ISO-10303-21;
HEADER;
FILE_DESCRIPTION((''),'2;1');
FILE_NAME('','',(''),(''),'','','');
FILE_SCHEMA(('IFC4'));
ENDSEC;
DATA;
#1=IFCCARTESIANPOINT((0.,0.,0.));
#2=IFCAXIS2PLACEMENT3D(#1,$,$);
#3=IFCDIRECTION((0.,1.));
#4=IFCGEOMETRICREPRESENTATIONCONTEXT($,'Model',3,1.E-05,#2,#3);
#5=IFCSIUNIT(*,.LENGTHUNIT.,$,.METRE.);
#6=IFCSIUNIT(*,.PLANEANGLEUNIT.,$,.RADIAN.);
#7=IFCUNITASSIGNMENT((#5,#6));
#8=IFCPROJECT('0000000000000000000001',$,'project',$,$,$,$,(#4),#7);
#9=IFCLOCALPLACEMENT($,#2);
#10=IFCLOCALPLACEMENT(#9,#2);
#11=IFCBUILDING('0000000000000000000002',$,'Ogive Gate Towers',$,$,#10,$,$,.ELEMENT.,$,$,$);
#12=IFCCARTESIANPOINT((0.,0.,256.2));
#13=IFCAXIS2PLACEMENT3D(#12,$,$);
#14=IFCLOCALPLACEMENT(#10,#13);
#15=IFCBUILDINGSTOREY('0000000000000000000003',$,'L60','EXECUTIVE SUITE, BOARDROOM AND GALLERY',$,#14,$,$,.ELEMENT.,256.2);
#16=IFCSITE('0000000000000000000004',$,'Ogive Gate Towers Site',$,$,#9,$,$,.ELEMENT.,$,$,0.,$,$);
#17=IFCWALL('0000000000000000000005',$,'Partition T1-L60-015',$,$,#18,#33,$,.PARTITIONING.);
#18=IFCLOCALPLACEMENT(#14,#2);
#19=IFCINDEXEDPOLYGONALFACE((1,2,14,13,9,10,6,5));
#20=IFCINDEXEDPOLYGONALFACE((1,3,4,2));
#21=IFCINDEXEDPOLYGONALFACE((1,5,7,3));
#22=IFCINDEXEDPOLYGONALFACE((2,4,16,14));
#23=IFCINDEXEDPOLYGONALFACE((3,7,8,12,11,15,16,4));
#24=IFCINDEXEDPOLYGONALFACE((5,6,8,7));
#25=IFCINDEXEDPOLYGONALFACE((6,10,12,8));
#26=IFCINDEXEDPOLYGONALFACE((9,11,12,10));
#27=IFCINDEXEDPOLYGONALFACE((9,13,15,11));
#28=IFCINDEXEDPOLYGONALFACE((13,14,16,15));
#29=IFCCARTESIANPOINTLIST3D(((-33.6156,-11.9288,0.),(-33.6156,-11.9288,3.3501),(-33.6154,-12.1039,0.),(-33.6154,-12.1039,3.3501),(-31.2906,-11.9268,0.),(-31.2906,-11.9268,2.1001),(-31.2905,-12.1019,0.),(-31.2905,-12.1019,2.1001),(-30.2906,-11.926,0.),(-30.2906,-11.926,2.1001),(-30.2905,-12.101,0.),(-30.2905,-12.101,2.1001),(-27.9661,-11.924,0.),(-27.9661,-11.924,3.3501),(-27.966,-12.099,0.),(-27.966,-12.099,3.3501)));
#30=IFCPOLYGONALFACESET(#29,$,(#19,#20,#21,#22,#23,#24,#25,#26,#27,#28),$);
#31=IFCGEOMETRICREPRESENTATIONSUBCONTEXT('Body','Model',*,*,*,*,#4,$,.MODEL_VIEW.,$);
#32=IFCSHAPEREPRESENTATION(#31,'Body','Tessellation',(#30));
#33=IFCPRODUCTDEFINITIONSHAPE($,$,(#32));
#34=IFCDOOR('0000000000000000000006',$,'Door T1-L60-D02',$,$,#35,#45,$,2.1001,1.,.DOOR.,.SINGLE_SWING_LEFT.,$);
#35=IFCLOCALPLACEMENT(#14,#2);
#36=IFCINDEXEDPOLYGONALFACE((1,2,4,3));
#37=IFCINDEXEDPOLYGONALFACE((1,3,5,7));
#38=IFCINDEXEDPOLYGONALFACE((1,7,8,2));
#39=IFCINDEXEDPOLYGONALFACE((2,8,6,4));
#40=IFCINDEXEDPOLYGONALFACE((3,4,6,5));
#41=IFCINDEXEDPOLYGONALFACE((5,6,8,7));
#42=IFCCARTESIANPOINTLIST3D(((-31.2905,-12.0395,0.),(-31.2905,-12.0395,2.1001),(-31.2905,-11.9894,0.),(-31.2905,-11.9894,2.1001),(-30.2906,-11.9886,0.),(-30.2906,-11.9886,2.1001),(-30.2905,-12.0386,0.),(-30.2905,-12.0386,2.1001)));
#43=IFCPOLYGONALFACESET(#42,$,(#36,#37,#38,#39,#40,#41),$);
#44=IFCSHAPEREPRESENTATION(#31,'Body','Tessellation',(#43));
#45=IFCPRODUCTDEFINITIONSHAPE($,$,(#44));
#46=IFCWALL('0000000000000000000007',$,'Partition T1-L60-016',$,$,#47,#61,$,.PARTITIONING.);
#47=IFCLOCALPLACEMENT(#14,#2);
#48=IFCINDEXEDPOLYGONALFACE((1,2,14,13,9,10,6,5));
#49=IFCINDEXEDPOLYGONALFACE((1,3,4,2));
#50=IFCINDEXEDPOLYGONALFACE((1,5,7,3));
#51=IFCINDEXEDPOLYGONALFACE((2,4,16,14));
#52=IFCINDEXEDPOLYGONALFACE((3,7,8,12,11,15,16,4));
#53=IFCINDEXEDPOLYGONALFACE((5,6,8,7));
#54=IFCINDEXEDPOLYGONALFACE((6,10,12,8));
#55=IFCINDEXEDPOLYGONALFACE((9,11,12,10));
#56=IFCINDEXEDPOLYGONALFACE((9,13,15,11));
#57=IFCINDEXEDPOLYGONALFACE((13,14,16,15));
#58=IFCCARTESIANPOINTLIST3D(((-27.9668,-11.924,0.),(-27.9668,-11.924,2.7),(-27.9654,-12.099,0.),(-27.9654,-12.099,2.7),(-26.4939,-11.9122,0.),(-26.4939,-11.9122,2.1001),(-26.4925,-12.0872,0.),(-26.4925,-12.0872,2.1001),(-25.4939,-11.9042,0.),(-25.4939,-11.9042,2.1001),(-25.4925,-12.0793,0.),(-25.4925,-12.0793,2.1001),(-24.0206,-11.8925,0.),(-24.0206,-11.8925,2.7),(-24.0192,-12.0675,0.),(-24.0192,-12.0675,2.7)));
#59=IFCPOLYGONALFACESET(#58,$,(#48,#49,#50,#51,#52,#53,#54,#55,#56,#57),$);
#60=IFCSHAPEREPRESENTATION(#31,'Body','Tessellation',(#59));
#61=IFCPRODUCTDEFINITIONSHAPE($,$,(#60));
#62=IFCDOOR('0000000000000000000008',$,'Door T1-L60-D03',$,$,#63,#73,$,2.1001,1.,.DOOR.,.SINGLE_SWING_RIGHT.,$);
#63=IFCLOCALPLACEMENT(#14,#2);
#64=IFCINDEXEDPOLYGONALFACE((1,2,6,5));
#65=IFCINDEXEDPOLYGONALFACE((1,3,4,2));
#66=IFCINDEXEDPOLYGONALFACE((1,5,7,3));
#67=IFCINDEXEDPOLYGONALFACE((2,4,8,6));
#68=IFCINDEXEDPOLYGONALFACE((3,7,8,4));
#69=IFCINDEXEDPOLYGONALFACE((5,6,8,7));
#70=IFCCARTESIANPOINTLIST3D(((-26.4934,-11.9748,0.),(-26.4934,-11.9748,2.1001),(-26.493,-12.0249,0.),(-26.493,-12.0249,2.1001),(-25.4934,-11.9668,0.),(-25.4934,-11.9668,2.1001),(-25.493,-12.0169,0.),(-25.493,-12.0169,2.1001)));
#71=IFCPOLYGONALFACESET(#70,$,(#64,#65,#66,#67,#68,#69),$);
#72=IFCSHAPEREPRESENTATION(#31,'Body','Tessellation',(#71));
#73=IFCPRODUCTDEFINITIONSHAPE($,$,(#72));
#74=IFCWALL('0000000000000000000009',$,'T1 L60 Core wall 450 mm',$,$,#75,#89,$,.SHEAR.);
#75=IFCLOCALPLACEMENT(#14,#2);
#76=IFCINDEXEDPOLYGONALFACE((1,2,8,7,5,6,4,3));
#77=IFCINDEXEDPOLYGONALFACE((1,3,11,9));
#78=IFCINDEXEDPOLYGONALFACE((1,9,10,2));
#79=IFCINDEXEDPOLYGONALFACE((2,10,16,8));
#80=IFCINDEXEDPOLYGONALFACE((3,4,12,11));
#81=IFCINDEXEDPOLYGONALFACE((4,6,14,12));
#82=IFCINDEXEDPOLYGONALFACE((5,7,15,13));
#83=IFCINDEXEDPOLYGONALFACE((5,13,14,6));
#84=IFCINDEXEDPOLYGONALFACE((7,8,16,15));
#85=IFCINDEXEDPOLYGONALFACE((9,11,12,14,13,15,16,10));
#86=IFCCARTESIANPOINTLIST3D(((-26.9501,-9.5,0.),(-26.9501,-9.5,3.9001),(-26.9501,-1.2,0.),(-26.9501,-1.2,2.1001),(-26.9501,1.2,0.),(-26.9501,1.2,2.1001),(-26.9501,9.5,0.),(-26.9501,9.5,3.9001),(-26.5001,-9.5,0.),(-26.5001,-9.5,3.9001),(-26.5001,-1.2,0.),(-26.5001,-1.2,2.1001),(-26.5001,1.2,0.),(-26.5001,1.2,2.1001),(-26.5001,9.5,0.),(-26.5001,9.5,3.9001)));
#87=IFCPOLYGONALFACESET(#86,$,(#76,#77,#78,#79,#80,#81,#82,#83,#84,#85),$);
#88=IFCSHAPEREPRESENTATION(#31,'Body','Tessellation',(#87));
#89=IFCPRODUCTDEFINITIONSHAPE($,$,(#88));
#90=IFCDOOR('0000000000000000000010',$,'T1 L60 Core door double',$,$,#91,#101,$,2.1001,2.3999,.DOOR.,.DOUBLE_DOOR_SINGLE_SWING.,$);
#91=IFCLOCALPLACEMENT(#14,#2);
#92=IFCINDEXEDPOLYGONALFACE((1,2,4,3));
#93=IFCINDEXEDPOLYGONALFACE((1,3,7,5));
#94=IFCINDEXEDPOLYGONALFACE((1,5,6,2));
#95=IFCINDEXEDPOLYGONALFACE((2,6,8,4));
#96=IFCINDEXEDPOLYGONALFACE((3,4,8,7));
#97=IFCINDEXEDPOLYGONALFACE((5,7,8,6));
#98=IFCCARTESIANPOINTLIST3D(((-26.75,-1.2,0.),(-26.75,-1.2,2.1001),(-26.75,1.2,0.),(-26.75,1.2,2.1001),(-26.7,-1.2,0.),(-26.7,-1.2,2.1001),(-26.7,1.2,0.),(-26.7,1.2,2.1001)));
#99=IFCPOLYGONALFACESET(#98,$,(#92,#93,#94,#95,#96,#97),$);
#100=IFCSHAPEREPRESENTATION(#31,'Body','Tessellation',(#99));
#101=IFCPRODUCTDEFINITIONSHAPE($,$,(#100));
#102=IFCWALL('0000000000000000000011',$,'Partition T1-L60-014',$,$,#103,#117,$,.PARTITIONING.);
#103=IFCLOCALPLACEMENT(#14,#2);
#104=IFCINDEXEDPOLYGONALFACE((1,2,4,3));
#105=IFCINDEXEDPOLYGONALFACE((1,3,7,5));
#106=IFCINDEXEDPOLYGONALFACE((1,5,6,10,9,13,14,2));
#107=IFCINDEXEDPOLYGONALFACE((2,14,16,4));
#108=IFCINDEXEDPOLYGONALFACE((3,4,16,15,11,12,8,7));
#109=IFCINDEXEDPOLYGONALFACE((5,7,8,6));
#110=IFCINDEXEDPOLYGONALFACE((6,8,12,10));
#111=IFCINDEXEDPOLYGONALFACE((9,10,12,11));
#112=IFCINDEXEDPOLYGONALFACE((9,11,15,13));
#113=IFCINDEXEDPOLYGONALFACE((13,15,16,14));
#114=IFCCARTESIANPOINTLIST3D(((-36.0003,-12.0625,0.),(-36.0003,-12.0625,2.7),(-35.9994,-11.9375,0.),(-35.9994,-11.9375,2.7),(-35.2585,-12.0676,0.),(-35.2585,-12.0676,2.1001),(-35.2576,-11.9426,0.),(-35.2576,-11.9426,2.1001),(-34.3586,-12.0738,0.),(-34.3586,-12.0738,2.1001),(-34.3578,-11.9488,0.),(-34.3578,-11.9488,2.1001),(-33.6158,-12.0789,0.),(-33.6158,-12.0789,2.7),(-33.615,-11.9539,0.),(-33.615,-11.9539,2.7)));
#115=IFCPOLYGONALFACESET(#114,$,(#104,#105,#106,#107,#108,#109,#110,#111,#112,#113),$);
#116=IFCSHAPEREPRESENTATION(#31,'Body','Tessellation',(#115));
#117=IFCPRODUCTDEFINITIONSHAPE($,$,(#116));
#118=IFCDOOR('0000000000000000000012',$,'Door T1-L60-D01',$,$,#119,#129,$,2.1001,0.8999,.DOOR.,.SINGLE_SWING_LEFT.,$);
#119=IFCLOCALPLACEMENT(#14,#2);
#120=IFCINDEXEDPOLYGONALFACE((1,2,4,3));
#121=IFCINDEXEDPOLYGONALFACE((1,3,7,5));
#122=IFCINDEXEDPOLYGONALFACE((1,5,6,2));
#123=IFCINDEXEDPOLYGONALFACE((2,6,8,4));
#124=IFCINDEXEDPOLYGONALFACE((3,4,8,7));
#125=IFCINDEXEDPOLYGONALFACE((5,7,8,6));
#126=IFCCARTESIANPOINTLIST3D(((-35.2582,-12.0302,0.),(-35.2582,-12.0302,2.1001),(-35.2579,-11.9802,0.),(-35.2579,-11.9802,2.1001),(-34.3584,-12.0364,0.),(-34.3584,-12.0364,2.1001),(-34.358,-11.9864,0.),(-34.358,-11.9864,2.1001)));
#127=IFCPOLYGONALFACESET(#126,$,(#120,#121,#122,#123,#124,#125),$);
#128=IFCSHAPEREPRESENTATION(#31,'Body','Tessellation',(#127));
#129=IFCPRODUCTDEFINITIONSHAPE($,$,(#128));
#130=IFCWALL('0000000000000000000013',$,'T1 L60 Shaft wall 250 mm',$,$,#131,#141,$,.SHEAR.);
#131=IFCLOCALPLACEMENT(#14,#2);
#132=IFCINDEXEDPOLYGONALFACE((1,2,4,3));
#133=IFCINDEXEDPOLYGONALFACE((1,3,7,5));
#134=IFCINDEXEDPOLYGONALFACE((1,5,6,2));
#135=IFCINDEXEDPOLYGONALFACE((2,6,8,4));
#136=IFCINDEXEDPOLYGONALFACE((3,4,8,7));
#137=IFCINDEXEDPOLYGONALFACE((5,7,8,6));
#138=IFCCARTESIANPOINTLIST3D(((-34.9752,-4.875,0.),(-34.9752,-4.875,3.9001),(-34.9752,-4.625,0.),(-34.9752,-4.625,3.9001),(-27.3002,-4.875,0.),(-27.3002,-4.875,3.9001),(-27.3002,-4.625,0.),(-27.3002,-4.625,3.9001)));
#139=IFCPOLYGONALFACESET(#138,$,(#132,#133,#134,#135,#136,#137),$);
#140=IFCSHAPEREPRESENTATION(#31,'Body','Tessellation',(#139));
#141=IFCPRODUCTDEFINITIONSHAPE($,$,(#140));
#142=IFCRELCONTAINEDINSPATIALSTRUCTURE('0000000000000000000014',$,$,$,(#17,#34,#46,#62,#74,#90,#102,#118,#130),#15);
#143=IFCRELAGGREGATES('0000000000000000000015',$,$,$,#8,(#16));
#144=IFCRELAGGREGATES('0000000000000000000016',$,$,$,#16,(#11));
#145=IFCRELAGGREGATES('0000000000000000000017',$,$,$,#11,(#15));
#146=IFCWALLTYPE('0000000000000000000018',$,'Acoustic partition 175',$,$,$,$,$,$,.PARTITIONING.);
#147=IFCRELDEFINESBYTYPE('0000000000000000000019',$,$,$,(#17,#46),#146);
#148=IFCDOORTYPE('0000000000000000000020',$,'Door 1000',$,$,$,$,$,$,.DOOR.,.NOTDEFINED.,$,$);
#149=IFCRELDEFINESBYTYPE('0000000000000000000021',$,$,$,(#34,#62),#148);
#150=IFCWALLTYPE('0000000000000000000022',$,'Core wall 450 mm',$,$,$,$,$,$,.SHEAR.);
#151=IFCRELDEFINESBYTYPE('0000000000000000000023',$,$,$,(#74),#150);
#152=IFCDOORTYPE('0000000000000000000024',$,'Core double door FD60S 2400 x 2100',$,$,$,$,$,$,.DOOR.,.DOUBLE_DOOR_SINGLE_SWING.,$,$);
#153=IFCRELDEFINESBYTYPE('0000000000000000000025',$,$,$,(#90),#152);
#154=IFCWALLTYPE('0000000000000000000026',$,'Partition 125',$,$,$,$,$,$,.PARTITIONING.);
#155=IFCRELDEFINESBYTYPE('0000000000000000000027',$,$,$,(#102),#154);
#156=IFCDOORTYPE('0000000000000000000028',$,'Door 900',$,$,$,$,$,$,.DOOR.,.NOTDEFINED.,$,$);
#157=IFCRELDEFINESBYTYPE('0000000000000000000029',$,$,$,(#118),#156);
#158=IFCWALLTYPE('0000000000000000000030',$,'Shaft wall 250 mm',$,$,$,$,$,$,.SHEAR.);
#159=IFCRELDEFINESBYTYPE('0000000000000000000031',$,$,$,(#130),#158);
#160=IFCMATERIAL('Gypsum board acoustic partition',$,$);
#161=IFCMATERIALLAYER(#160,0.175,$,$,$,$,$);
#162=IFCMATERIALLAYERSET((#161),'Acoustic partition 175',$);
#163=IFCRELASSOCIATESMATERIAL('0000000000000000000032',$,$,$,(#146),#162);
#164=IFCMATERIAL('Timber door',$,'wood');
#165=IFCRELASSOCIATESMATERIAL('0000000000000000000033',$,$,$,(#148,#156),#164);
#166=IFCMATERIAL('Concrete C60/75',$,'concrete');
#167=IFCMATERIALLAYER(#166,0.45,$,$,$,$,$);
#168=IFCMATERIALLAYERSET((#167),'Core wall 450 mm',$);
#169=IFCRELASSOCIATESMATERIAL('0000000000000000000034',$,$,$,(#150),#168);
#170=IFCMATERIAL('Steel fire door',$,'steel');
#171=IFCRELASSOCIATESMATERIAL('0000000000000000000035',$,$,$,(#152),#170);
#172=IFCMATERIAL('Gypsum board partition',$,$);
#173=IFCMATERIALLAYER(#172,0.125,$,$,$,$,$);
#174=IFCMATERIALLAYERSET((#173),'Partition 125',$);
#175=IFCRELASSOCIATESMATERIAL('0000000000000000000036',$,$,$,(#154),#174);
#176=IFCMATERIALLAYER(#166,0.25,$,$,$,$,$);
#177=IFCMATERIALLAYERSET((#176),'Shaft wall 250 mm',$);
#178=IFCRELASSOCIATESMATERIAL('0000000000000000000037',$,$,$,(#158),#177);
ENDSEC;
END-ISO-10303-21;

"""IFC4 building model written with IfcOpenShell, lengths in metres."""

from ifc_helpers import new_model, si_unit, direction, frame, frame_2d, origin, place, context, subcontext, project, spatial, rectangle, extrude, material, layer, layer_set, type_object, element, fill, save


model = new_model("IFC4")

# Units and contexts
model_context = context("Model", 3, precision=1e-05, world=origin(), true_north=direction((0.0, 1.0)))
body_context = subcontext(model_context, "Body", "Model", "MODEL_VIEW")
ifc_project = project(units=[si_unit("LENGTHUNIT", "METRE"), si_unit("PLANEANGLEUNIT", "RADIAN")], contexts=[model_context])

# Site, building, storey
site_placement = place(None, origin())
site = spatial("IfcSite", under=ifc_project, at=site_placement, Name="Ogive Gate Towers Site", CompositionType="ELEMENT", RefElevation=0.0)
building_placement = place(site_placement, origin())
building = spatial("IfcBuilding", under=site, at=building_placement, Name="Ogive Gate Towers", CompositionType="ELEMENT")
storey_placement = place(building_placement, frame((0.0, 0.0, 256.2)))
storey = spatial("IfcBuildingStorey", under=building, at=storey_placement, Name="L60", Description="EXECUTIVE SUITE, BOARDROOM AND GALLERY", CompositionType="ELEMENT", Elevation=256.2)

# Shared definitions
ifc_material_1 = material(Name="Gypsum board acoustic partition")
ifc_layer_1 = layer(ifc_material_1, 0.175)
ifc_layer_set_1 = layer_set([ifc_layer_1], Name="Acoustic partition 175")
wall_type_1 = type_object("IfcWallType", Name="Acoustic partition 175", PredefinedType="PARTITIONING", material=ifc_layer_set_1)

# Walls, openings, doors
wall_1_placement = place(storey_placement, frame((-33.6155, -12.0164, 0.0), z_axis=(0.0, 0.0, 1.0), x_axis=(1.0, 0.000864, 0.0)))
wall_1 = element("IfcWall", 1, at=wall_1_placement, inside=storey, type_object=wall_type_1, Name="Partition T1-L60-015", PredefinedType="PARTITIONING", context=body_context, shape_type="SweptSolid", body=[
    extrude(rectangle(XDim=5.6494, YDim=0.175, at=frame_2d((2.8247, 0.0))), origin(), (0.0, 0.0, 1.0), 3.3501),
])
opening_1_placement = place(wall_1_placement, frame((2.325, 0.0, 0.0)))
opening_1 = element("IfcOpeningElement", 2, at=opening_1_placement, cuts=wall_1, PredefinedType="OPENING", context=body_context, shape_type="SweptSolid", body=[
    extrude(rectangle(XDim=1.0, YDim=2.1001, at=frame_2d((0.5, 1.05))), frame((0.0, 0.0977, 0.0), z_axis=(0.0, -1.0, 0.0), x_axis=(1.0, 0.0, 0.0)), (0.0, 0.0, 1.0), 0.1951),
])
ifc_material_2 = material(Name="Timber door", Category="wood")
door_type_1 = type_object("IfcDoorType", Name="Door 1000", OperationType="NOTDEFINED", PredefinedType="DOOR", material=ifc_material_2)
door_1_placement = place(opening_1_placement, origin())
door_1 = element("IfcDoor", 3, at=door_1_placement, inside=storey, type_object=door_type_1, Name="Door T1-L60-D02", OperationType="SINGLE_SWING_LEFT", OverallHeight=2.1001, OverallWidth=1.0, PredefinedType="DOOR", context=body_context, shape_type="SweptSolid", body=[
    extrude(rectangle(XDim=1.0, YDim=2.1001, at=frame_2d((0.5, 1.05))), frame((0.0, 0.0249, 0.0), z_axis=(0.0, -1.0, 0.0), x_axis=(1.0, 0.0, 0.0)), (0.0, 0.0, 1.0), 0.05),
])
fill(opening_1, door_1)
wall_2_placement = place(storey_placement, frame((-27.9661, -12.0115, 0.0), z_axis=(0.0, 0.0, 1.0), x_axis=(0.999968, 0.007981, 0.0)))
wall_2 = element("IfcWall", 4, at=wall_2_placement, inside=storey, type_object=wall_type_1, Name="Partition T1-L60-016", PredefinedType="PARTITIONING", context=body_context, shape_type="SweptSolid", body=[
    extrude(rectangle(XDim=3.9463, YDim=0.175, at=frame_2d((1.9731, 0.0))), origin(), (0.0, 0.0, 1.0), 2.7),
])
opening_2_placement = place(wall_2_placement, frame((1.4729, 0.0, 0.0)))
opening_2 = element("IfcOpeningElement", 5, at=opening_2_placement, cuts=wall_2, PredefinedType="OPENING", context=body_context, shape_type="SweptSolid", body=[
    extrude(rectangle(XDim=1.0, YDim=2.1001, at=frame_2d((0.5, 1.05))), frame((0.0, 0.0977, 0.0), z_axis=(0.0, -1.0, 0.0), x_axis=(1.0, 0.0, 0.0)), (0.0, 0.0, 1.0), 0.1951),
])
door_2_placement = place(opening_2_placement, origin())
door_2 = element("IfcDoor", 6, at=door_2_placement, inside=storey, type_object=door_type_1, Name="Door T1-L60-D03", OperationType="SINGLE_SWING_RIGHT", OverallHeight=2.1001, OverallWidth=1.0, PredefinedType="DOOR", context=body_context, shape_type="SweptSolid", body=[
    extrude(rectangle(XDim=1.0, YDim=2.1001, at=frame_2d((0.5, 1.05))), frame((0.0, 0.0249, 0.0), z_axis=(0.0, -1.0, 0.0), x_axis=(1.0, 0.0, 0.0)), (0.0, 0.0, 1.0), 0.05),
])
fill(opening_2, door_2)
ifc_material_3 = material(Name="Concrete C60/75", Category="concrete")
ifc_layer_2 = layer(ifc_material_3, 0.45)
ifc_layer_set_2 = layer_set([ifc_layer_2], Name="Core wall 450 mm")
wall_type_2 = type_object("IfcWallType", Name="Core wall 450 mm", PredefinedType="SHEAR", material=ifc_layer_set_2)
wall_3_placement = place(storey_placement, frame((-26.7251, -9.5, 0.0), z_axis=(0.0, 0.0, 1.0), x_axis=(0.0, 1.0, 0.0)))
wall_3 = element("IfcWall", 7, at=wall_3_placement, inside=storey, type_object=wall_type_2, Name="T1 L60 Core wall 450 mm", PredefinedType="SHEAR", context=body_context, shape_type="SweptSolid", body=[
    extrude(rectangle(XDim=19.0, YDim=0.45, at=frame_2d((9.5, 0.0))), origin(), (0.0, 0.0, 1.0), 3.9001),
])
opening_3_placement = place(wall_3_placement, frame((8.3, 0.0, 0.0)))
opening_3 = element("IfcOpeningElement", 8, at=opening_3_placement, cuts=wall_3, PredefinedType="OPENING", context=body_context, shape_type="SweptSolid", body=[
    extrude(rectangle(XDim=2.3999, YDim=2.1001, at=frame_2d((1.2, 1.05))), frame((0.0, 0.2349, 0.0), z_axis=(0.0, -1.0, 0.0), x_axis=(1.0, 0.0, 0.0)), (0.0, 0.0, 1.0), 0.47),
])
ifc_material_4 = material(Name="Steel fire door", Category="steel")
door_type_2 = type_object("IfcDoorType", Name="Core double door FD60S 2400 x 2100", OperationType="DOUBLE_DOOR_SINGLE_SWING", PredefinedType="DOOR", material=ifc_material_4)
door_3_placement = place(opening_3_placement, origin())
door_3 = element("IfcDoor", 9, at=door_3_placement, inside=storey, type_object=door_type_2, Name="T1 L60 Core door double", OperationType="DOUBLE_DOOR_SINGLE_SWING", OverallHeight=2.1001, OverallWidth=2.3999, PredefinedType="DOOR", context=body_context, shape_type="SweptSolid", body=[
    extrude(rectangle(XDim=2.3999, YDim=2.1001, at=frame_2d((1.2, 1.05))), frame((0.0, 0.0249, 0.0), z_axis=(0.0, -1.0, 0.0), x_axis=(1.0, 0.0, 0.0)), (0.0, 0.0, 1.0), 0.05),
])
fill(opening_3, door_3)
ifc_material_5 = material(Name="Gypsum board partition")
ifc_layer_3 = layer(ifc_material_5, 0.125)
ifc_layer_set_3 = layer_set([ifc_layer_3], Name="Partition 125")
wall_type_3 = type_object("IfcWallType", Name="Partition 125", PredefinedType="PARTITIONING", material=ifc_layer_set_3)
wall_4_placement = place(storey_placement, frame((-36.0, -12.0, 0.0), z_axis=(0.0, 0.0, 1.0), x_axis=(0.999976, -0.00686, 0.0)))
wall_4 = element("IfcWall", 10, at=wall_4_placement, inside=storey, type_object=wall_type_3, Name="Partition T1-L60-014", PredefinedType="PARTITIONING", context=body_context, shape_type="SweptSolid", body=[
    extrude(rectangle(XDim=2.3845, YDim=0.125, at=frame_2d((1.1924, 0.0))), origin(), (0.0, 0.0, 1.0), 2.7),
])
opening_4_placement = place(wall_4_placement, frame((0.7419, 0.0, 0.0)))
opening_4 = element("IfcOpeningElement", 11, at=opening_4_placement, cuts=wall_4, PredefinedType="OPENING", context=body_context, shape_type="SweptSolid", body=[
    extrude(rectangle(XDim=0.8999, YDim=2.1001, at=frame_2d((0.45, 1.05))), frame((0.0, 0.0725, 0.0), z_axis=(0.0, -1.0, 0.0), x_axis=(1.0, 0.0, 0.0)), (0.0, 0.0, 1.0), 0.145),
])
door_type_3 = type_object("IfcDoorType", Name="Door 900", OperationType="NOTDEFINED", PredefinedType="DOOR", material=ifc_material_2)
door_4_placement = place(opening_4_placement, origin())
door_4 = element("IfcDoor", 12, at=door_4_placement, inside=storey, type_object=door_type_3, Name="Door T1-L60-D01", OperationType="SINGLE_SWING_LEFT", OverallHeight=2.1001, OverallWidth=0.8999, PredefinedType="DOOR", context=body_context, shape_type="SweptSolid", body=[
    extrude(rectangle(XDim=0.8999, YDim=2.1001, at=frame_2d((0.45, 1.05))), frame((0.0, 0.0249, 0.0), z_axis=(0.0, -1.0, 0.0), x_axis=(1.0, 0.0, 0.0)), (0.0, 0.0, 1.0), 0.05),
])
fill(opening_4, door_4)

# Wall
ifc_layer_4 = layer(ifc_material_3, 0.25)
ifc_layer_set_4 = layer_set([ifc_layer_4], Name="Shaft wall 250 mm")
wall_type_4 = type_object("IfcWallType", Name="Shaft wall 250 mm", PredefinedType="SHEAR", material=ifc_layer_set_4)
wall_5_placement = place(storey_placement, frame((-34.9751, -4.75, 0.0), z_axis=(0.0, 0.0, 1.0), x_axis=(1.0, 0.0, 0.0)))
element("IfcWall", 13, at=wall_5_placement, inside=storey, type_object=wall_type_4, Name="T1 L60 Shaft wall 250 mm", PredefinedType="SHEAR", context=body_context, shape_type="SweptSolid", body=[
    extrude(rectangle(XDim=7.675, YDim=0.25, at=frame_2d((3.8374, 0.0))), origin(), (0.0, 0.0, 1.0), 3.9001),
])

save(model, "model.ifc")
